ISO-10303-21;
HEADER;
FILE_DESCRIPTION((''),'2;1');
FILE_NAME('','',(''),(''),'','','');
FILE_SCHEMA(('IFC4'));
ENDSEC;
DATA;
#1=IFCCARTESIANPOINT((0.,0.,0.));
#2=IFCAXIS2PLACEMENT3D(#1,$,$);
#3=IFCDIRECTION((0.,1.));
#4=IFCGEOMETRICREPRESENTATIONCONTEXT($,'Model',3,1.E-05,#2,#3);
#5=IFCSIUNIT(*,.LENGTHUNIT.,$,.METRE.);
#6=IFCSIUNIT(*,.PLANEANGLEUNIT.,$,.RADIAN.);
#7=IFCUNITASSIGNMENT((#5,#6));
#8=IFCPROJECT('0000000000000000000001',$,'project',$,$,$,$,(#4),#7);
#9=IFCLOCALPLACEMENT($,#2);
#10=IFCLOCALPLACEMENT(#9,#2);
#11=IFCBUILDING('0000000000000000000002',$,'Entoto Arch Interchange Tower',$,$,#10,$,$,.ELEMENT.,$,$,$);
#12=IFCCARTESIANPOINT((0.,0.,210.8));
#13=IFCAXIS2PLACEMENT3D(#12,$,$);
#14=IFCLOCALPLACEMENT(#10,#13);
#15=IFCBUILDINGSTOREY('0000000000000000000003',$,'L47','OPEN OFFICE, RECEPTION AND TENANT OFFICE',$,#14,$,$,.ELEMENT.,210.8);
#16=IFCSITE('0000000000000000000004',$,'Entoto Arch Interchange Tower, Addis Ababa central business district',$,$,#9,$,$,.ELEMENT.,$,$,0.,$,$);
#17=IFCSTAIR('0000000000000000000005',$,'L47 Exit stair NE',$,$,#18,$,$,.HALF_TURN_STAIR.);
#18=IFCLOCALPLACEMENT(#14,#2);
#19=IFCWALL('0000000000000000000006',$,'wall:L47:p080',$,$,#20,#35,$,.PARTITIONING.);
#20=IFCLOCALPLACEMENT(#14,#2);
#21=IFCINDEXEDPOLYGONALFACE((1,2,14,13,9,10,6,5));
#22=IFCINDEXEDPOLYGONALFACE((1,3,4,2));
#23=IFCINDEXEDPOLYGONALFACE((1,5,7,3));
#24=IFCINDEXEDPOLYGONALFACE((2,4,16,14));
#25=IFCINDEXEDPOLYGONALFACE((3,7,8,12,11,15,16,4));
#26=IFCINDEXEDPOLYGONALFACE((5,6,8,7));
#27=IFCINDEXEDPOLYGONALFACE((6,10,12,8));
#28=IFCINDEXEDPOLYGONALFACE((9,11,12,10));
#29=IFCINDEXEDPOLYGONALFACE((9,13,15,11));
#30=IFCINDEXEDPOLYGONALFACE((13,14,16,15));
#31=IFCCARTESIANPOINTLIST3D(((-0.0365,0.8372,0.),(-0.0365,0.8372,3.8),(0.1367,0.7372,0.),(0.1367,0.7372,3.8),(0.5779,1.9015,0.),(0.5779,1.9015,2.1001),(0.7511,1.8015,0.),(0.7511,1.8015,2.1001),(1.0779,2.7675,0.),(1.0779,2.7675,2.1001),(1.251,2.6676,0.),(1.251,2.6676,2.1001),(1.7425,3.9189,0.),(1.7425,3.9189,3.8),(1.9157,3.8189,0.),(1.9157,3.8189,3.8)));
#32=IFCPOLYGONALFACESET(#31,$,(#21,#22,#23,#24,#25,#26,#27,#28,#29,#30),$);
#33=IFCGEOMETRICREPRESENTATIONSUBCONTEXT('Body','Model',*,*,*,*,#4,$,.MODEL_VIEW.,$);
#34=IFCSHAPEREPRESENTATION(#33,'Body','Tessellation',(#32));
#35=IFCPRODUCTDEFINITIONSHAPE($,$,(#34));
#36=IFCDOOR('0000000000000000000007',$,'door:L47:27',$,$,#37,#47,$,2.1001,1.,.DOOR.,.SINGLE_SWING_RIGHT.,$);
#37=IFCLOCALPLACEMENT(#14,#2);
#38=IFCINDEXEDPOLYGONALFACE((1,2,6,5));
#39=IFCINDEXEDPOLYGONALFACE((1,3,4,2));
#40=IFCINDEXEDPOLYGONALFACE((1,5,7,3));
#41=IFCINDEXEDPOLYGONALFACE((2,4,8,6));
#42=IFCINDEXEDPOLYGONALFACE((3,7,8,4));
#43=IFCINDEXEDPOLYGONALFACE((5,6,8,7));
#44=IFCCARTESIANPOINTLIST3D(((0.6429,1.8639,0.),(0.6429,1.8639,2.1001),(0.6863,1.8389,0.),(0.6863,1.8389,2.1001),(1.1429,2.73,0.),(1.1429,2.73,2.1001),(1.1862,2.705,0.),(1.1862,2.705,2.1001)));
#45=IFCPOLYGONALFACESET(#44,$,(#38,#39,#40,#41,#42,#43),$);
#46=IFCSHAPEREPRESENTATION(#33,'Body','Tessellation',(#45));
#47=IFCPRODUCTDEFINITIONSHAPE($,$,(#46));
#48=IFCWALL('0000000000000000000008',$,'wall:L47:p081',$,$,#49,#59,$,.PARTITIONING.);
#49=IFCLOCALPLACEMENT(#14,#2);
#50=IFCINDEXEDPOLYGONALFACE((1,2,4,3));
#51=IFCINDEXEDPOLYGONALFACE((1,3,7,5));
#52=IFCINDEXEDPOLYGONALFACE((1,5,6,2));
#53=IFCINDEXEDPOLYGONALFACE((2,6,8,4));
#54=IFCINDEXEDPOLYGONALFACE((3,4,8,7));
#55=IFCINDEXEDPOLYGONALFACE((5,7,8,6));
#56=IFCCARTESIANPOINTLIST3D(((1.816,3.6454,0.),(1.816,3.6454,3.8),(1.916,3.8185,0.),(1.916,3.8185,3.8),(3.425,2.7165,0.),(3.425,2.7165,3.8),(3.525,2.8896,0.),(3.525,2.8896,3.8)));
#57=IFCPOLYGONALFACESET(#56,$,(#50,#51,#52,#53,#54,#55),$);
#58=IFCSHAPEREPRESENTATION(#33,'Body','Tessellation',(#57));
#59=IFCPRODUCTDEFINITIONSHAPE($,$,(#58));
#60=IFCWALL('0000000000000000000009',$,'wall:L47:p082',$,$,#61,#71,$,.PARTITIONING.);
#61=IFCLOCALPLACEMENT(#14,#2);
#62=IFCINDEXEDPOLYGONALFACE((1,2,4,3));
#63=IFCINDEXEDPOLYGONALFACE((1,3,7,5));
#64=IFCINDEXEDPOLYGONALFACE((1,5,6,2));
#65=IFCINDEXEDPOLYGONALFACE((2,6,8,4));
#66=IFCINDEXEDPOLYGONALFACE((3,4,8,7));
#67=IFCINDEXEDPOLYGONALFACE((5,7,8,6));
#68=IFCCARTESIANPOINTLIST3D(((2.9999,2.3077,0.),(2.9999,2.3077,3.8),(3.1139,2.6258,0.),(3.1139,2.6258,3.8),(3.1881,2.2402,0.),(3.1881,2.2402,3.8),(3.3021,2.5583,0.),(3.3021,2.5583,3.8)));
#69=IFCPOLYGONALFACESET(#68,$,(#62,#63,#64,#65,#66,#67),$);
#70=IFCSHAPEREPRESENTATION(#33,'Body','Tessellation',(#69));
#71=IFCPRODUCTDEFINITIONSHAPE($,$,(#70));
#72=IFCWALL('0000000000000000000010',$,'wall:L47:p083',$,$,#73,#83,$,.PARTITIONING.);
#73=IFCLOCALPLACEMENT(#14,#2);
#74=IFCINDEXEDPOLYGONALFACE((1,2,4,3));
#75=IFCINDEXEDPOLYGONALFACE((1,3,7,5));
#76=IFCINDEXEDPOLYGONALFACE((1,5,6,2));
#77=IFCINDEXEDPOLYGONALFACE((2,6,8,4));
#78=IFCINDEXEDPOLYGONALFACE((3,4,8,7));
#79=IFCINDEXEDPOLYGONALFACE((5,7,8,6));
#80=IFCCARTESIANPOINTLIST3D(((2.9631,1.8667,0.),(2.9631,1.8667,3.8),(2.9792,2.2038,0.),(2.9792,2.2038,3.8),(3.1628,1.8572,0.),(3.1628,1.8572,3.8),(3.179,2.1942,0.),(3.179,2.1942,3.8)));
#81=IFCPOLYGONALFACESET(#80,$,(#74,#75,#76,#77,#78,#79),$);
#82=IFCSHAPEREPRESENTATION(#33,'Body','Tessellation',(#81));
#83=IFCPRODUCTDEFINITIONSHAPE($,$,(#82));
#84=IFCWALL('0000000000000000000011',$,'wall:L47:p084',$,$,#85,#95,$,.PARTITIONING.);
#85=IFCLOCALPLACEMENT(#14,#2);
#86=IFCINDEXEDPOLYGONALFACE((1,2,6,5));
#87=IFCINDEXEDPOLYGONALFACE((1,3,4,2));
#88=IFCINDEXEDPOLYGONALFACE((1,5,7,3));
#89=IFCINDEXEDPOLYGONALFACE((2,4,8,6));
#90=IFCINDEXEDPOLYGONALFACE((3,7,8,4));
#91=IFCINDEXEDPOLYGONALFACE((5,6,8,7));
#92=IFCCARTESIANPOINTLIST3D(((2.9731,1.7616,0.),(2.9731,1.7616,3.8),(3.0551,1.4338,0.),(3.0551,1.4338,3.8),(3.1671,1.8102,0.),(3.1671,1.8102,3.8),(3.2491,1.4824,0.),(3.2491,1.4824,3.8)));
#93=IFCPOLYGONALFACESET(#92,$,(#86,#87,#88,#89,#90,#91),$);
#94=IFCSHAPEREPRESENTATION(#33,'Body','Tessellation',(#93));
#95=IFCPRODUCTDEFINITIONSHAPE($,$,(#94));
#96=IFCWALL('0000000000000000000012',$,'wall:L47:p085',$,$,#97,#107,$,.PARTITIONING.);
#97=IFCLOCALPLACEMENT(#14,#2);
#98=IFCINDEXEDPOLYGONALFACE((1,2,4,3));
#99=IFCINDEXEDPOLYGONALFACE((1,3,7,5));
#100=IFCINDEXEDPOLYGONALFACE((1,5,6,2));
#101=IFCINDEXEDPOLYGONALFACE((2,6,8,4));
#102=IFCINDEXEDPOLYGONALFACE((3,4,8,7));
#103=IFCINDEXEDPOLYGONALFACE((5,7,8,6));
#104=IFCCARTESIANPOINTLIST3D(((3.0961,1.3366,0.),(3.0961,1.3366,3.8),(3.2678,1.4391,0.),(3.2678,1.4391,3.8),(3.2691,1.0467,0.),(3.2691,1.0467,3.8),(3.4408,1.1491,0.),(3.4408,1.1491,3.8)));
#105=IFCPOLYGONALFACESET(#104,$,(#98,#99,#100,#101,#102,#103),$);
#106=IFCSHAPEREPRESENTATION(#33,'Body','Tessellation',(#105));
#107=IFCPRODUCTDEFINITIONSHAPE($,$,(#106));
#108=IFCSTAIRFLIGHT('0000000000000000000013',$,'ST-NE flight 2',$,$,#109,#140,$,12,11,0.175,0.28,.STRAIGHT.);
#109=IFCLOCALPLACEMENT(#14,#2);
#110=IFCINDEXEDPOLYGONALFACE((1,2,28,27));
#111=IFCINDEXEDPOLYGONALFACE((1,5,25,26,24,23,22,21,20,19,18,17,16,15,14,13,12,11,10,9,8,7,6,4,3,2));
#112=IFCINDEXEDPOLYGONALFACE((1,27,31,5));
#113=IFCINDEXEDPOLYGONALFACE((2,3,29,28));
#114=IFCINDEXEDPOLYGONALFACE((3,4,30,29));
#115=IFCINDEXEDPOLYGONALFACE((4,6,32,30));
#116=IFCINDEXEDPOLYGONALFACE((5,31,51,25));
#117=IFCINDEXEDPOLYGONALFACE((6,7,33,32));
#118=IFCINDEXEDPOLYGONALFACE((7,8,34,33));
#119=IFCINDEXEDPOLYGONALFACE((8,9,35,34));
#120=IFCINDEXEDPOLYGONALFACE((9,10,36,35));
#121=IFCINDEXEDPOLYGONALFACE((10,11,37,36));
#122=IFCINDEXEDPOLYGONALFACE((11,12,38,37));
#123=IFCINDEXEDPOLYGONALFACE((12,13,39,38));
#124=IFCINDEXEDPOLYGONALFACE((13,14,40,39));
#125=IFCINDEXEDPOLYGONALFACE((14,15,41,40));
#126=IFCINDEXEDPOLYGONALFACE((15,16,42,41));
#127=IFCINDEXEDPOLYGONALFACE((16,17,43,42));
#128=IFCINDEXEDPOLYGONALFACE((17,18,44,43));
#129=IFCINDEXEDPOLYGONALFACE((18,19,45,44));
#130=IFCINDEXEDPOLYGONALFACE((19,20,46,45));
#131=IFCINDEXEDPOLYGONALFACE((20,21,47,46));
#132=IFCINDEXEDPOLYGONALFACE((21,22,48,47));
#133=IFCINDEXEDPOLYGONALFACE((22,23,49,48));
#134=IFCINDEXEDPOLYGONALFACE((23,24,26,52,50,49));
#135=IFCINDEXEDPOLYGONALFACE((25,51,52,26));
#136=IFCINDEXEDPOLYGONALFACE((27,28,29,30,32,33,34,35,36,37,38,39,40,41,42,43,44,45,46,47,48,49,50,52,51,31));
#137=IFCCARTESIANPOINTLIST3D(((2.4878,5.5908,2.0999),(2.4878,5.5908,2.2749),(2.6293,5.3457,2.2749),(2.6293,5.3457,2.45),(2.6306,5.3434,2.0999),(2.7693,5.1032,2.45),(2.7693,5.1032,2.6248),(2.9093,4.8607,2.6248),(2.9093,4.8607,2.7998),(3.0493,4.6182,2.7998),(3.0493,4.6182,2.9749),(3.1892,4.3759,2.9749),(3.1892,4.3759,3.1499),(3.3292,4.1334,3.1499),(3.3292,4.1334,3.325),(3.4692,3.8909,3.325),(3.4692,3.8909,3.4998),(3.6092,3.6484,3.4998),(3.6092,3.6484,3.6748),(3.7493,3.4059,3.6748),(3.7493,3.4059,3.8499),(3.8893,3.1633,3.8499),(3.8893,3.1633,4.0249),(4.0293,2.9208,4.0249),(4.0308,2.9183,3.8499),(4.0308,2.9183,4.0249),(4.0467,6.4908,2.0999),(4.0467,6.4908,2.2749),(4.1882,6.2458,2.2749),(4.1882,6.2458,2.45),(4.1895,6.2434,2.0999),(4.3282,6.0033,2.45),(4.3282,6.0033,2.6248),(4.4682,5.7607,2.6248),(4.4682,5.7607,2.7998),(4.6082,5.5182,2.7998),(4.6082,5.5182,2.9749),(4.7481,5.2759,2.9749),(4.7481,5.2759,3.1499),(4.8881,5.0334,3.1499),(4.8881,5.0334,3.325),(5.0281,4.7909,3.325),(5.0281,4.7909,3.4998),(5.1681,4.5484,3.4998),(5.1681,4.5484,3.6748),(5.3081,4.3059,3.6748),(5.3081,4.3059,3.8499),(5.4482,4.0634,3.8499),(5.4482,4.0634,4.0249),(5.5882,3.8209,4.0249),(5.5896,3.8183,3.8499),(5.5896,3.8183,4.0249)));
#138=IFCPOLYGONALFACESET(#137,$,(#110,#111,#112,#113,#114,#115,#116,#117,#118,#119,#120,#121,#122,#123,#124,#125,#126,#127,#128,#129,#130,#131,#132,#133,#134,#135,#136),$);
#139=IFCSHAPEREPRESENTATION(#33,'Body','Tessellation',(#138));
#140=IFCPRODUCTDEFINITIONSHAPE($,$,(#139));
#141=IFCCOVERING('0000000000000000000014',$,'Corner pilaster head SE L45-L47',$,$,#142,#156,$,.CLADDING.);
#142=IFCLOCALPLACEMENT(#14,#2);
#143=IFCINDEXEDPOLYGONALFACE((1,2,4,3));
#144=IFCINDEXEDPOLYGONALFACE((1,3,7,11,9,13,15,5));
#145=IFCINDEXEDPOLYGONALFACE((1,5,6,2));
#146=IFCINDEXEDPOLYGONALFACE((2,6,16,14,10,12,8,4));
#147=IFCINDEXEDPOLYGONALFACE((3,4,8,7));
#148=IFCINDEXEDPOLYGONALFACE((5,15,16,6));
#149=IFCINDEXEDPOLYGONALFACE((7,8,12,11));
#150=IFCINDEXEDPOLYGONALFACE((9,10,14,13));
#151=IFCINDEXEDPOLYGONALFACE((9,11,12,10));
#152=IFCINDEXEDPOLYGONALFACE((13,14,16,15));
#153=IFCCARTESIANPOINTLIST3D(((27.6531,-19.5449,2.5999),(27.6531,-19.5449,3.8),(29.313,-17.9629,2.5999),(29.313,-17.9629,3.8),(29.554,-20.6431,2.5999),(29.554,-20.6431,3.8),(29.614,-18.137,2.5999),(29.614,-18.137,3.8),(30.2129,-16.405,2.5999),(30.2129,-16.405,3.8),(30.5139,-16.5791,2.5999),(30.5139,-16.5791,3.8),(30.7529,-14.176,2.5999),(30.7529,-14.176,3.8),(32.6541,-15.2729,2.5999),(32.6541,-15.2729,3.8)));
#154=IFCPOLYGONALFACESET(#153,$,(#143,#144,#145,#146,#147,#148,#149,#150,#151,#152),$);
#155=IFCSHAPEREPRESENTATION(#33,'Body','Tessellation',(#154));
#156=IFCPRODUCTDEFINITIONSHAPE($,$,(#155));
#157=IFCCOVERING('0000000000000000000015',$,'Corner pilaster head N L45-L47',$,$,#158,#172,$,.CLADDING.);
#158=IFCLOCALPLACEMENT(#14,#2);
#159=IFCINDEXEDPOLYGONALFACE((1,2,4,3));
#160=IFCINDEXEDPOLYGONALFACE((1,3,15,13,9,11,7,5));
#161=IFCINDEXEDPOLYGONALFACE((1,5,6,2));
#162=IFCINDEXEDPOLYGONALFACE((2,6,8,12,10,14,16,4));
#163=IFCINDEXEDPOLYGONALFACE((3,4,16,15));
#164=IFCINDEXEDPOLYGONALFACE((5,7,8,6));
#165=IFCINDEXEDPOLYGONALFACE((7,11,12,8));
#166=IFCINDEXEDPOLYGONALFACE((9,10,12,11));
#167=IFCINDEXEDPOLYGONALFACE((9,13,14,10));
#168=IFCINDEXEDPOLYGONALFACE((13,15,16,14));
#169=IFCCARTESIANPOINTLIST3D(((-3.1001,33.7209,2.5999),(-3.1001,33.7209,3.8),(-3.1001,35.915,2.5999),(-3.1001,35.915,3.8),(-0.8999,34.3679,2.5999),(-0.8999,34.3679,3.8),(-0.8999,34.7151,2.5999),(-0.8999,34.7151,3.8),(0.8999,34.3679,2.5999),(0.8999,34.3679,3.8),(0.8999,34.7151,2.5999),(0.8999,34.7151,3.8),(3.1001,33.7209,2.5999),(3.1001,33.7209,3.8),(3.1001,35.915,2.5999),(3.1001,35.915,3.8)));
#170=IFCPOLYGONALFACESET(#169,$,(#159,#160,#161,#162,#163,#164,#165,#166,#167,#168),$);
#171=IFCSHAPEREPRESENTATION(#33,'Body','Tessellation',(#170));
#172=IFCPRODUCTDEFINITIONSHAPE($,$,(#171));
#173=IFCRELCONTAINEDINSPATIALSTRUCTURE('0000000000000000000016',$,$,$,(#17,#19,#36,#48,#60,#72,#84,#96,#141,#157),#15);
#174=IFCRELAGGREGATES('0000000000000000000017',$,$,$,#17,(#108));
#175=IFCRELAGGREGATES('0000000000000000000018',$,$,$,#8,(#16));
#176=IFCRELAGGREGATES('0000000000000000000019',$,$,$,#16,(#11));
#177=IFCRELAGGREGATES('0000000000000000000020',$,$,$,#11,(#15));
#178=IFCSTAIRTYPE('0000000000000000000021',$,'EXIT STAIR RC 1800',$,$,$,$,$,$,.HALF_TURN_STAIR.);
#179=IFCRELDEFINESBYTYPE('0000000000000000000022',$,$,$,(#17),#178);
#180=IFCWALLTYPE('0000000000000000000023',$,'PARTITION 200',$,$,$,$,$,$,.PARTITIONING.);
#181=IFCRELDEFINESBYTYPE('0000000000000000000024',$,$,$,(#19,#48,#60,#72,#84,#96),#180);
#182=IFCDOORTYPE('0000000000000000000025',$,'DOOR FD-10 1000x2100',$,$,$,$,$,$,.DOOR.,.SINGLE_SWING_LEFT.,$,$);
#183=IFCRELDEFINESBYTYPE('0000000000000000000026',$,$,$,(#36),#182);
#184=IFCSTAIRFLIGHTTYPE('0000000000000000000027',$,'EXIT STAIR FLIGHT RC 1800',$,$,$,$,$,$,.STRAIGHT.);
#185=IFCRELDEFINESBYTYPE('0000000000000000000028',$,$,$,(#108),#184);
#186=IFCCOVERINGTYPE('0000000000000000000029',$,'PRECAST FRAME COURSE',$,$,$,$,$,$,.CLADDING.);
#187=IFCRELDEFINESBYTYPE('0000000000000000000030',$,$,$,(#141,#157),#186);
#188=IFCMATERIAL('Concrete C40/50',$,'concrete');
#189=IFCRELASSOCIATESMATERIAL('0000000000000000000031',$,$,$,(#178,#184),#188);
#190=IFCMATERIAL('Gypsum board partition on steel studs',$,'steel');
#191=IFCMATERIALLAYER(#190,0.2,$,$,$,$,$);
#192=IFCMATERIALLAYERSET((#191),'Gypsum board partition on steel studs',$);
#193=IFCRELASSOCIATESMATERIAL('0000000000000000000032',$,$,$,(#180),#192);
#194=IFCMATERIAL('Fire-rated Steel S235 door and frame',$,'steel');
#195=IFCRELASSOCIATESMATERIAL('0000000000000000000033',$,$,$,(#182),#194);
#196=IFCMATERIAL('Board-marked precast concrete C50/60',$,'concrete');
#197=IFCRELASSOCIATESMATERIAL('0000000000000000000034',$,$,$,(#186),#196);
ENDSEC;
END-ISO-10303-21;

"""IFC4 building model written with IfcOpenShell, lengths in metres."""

from ifc_helpers import new_model, si_unit, direction, frame, frame_2d, origin, place, context, subcontext, project, spatial, polyline, rectangle, outline, extrude, material, layer, layer_set, type_object, element, fill, aggregate, save


model = new_model("IFC4")

# Units and contexts
model_context = context("Model", 3, precision=1e-05, world=origin(), true_north=direction((0.0, 1.0)))
body_context = subcontext(model_context, "Body", "Model", "MODEL_VIEW")
ifc_project = project(units=[si_unit("LENGTHUNIT", "METRE"), si_unit("PLANEANGLEUNIT", "RADIAN")], contexts=[model_context])

# Site, building, storey
site_placement = place(None, origin())
site = spatial("IfcSite", under=ifc_project, at=site_placement, Name="Entoto Arch Interchange Tower, Addis Ababa central business district", CompositionType="ELEMENT", RefElevation=0.0)
building_placement = place(site_placement, origin())
building = spatial("IfcBuilding", under=site, at=building_placement, Name="Entoto Arch Interchange Tower", CompositionType="ELEMENT")
storey_placement = place(building_placement, frame((0.0, 0.0, 210.8)))
storey = spatial("IfcBuildingStorey", under=building, at=storey_placement, Name="L47", Description="OPEN OFFICE, RECEPTION AND TENANT OFFICE", CompositionType="ELEMENT", Elevation=210.8)

# Shared definitions
ifc_material_1 = material(Name="Board-marked precast concrete C50/60", Category="concrete")
ifc_material_2 = material(Name="Concrete C40/50", Category="concrete")

# Stair
stair_type = type_object("IfcStairType", Name="EXIT STAIR RC 1800", PredefinedType="HALF_TURN_STAIR", material=ifc_material_2)
stair_1_placement = place(storey_placement, origin())
stair_1 = element("IfcStair", 1, at=stair_1_placement, inside=storey, type_object=stair_type, Name="L47 Exit stair NE", PredefinedType="HALF_TURN_STAIR")

# Wall, opening, door
ifc_material_3 = material(Name="Gypsum board partition on steel studs", Category="steel")
ifc_layer_1 = layer(ifc_material_3, 0.2)
ifc_layer_set_1 = layer_set([ifc_layer_1], Name="Gypsum board partition on steel studs")
wall_type_1 = type_object("IfcWallType", Name="PARTITION 200", PredefinedType="PARTITIONING", material=ifc_layer_set_1)
wall_1_placement = place(storey_placement, frame((0.05, 0.7871, 0.0), z_axis=(0.0, 0.0, 1.0), x_axis=(0.499954, 0.866052, 0.0)))
wall_1 = element("IfcWall", 2, at=wall_1_placement, inside=storey, type_object=wall_type_1, Name="wall:L47:p080", PredefinedType="PARTITIONING", context=body_context, shape_type="SweptSolid", body=[
    extrude(rectangle(XDim=3.5583, YDim=0.2, at=frame_2d((1.7793, 0.0))), origin(), (0.0, 0.0, 1.0), 3.8),
])
opening_placement = place(wall_1_placement, frame((1.229, 0.0, 0.0)))
opening = element("IfcOpeningElement", 3, at=opening_placement, cuts=wall_1, PredefinedType="OPENING", context=body_context, shape_type="SweptSolid", body=[
    extrude(rectangle(XDim=1.0, YDim=2.1001, at=frame_2d((0.5, 1.05))), frame((0.0, 0.1099, 0.0), z_axis=(0.0, -1.0, 0.0), x_axis=(1.0, 0.0, 0.0)), (0.0, 0.0, 1.0), 0.22),
])
ifc_material_4 = material(Name="Fire-rated Steel S235 door and frame", Category="steel")
door_type = type_object("IfcDoorType", Name="DOOR FD-10 1000x2100", OperationType="SINGLE_SWING_LEFT", PredefinedType="DOOR", material=ifc_material_4)
door_placement = place(opening_placement, origin())
door = element("IfcDoor", 4, at=door_placement, inside=storey, type_object=door_type, Name="door:L47:27", OperationType="SINGLE_SWING_RIGHT", OverallHeight=2.1001, OverallWidth=1.0, PredefinedType="DOOR", context=body_context, shape_type="SweptSolid", body=[
    extrude(rectangle(XDim=1.0, YDim=2.1001, at=frame_2d((0.5, 1.05))), frame((0.0, 0.0249, 0.0), z_axis=(0.0, -1.0, 0.0), x_axis=(1.0, 0.0, 0.0)), (0.0, 0.0, 1.0), 0.05),
])
fill(opening, door)

# Walls
wall_2_placement = place(storey_placement, frame((1.866, 3.7319, 0.0), z_axis=(0.0, 0.0, 1.0), x_axis=(0.866043, -0.499969, 0.0)))
element("IfcWall", 5, at=wall_2_placement, inside=storey, type_object=wall_type_1, Name="wall:L47:p081", PredefinedType="PARTITIONING", context=body_context, shape_type="SweptSolid", body=[
    extrude(rectangle(XDim=1.8579, YDim=0.2, at=frame_2d((0.929, 0.0))), origin(), (0.0, 0.0, 1.0), 3.8),
])
wall_3_placement = place(storey_placement, frame((3.208, 2.592, 0.0), z_axis=(0.0, 0.0, 1.0), x_axis=(-0.337389, -0.941365, 0.0)))
element("IfcWall", 6, at=wall_3_placement, inside=storey, type_object=wall_type_1, Name="wall:L47:p082", PredefinedType="PARTITIONING", context=body_context, shape_type="SweptSolid", body=[
    extrude(rectangle(XDim=0.3379, YDim=0.2, at=frame_2d((0.1689, 0.0))), origin(), (0.0, 0.0, 1.0), 3.8),
])
wall_4_placement = place(storey_placement, frame((3.0791, 2.199, 0.0), z_axis=(0.0, 0.0, 1.0), x_axis=(-0.047771, -0.998858, 0.0)))
element("IfcWall", 7, at=wall_4_placement, inside=storey, type_object=wall_type_1, Name="wall:L47:p083", PredefinedType="PARTITIONING", context=body_context, shape_type="SweptSolid", body=[
    extrude(rectangle(XDim=0.3374, YDim=0.2, at=frame_2d((0.1687, 0.0))), origin(), (0.0, 0.0, 1.0), 3.8),
])
wall_5_placement = place(storey_placement, frame((3.0701, 1.7859, 0.0), z_axis=(0.0, 0.0, 1.0), x_axis=(0.242706, -0.9701, 0.0)))
element("IfcWall", 8, at=wall_5_placement, inside=storey, type_object=wall_type_1, Name="wall:L47:p084", PredefinedType="PARTITIONING", context=body_context, shape_type="SweptSolid", body=[
    extrude(rectangle(XDim=0.3379, YDim=0.2, at=frame_2d((0.1689, 0.0))), origin(), (0.0, 0.0, 1.0), 3.8),
])
wall_6_placement = place(storey_placement, frame((3.1819, 1.3879, 0.0), z_axis=(0.0, 0.0, 1.0), x_axis=(0.512475, -0.858702, 0.0)))
element("IfcWall", 9, at=wall_6_placement, inside=storey, type_object=wall_type_1, Name="wall:L47:p085", PredefinedType="PARTITIONING", context=body_context, shape_type="SweptSolid", body=[
    extrude(rectangle(XDim=0.3376, YDim=0.2, at=frame_2d((0.1689, 0.0))), origin(), (0.0, 0.0, 1.0), 3.8),
])

# Stair flight
stair_flight_type = type_object("IfcStairFlightType", Name="EXIT STAIR FLIGHT RC 1800", PredefinedType="STRAIGHT", material=ifc_material_2)
stair_flight_placement = place(storey_placement, frame((3.2688, 6.0383, 2.0999), z_axis=(0.0, 0.0, 1.0), x_axis=(0.5, -0.866025, 0.0)))
stair_flight = element("IfcStairFlight", 10, at=stair_flight_placement, type_object=stair_flight_type, Name="ST-NE flight 2", NumberOfRisers=12, NumberOfTreads=11, PredefinedType="STRAIGHT", RiserHeight=0.175, TreadLength=0.28, context=body_context, shape_type="SweptSolid", body=[
    extrude(outline(polyline([(-0.0029, 0.0), (-0.0029, 0.175), (0.28, 0.175), (0.28, 0.3501), (0.5601, 0.3501), (0.5601, 0.5249), (0.8401, 0.5249), (0.8401, 0.7), (1.1201, 0.7), (1.1201, 0.875), (1.3999, 0.875), (1.3999, 1.05), (1.6799, 1.05), (1.6799, 1.2251), (1.96, 1.2251), (1.96, 1.3999), (2.24, 1.3999), (2.24, 1.575), (2.52, 1.575), (2.52, 1.75), (2.8, 1.75), (2.8, 1.925), (3.0801, 1.925), (3.083, 1.925), (3.083, 1.75), (0.2827, 0.0), (-0.0029, 0.0)])), frame((0.0, 0.8999, 0.0), z_axis=(0.0, -1.0, 0.0), x_axis=(1.0, 0.0, 0.0)), (0.0, 0.0, 1.0), 1.8),
])
aggregate(stair_1, [stair_flight])

# Coverings
covering_type = type_object("IfcCoveringType", Name="PRECAST FRAME COURSE", PredefinedType="CLADDING", material=ifc_material_1)
covering_1_placement = place(storey_placement, frame((0.0, 0.0, 2.5999)))
element("IfcCovering", 11, at=covering_1_placement, inside=storey, type_object=covering_type, Name="Corner pilaster head SE L45-L47", PredefinedType="CLADDING", context=body_context, shape_type="SweptSolid", body=[
    extrude(outline(polyline([(32.6541, -15.2729), (29.554, -20.6431), (27.6531, -19.5449), (29.313, -17.9629), (29.614, -18.137), (30.5139, -16.5791), (30.2129, -16.405), (30.7529, -14.176), (32.6541, -15.2729)])), origin(), (0.0, 0.0, 1.0), 1.2002),
])
covering_2_placement = place(storey_placement, frame((0.0, 0.0, 2.5999)))
element("IfcCovering", 12, at=covering_2_placement, inside=storey, type_object=covering_type, Name="Corner pilaster head N L45-L47", PredefinedType="CLADDING", context=body_context, shape_type="SweptSolid", body=[
    extrude(outline(polyline([(-3.1001, 35.915), (3.1001, 35.915), (3.1001, 33.7209), (0.8999, 34.3679), (0.8999, 34.7151), (-0.8999, 34.7151), (-0.8999, 34.3679), (-3.1001, 33.7209), (-3.1001, 35.915)])), origin(), (0.0, 0.0, 1.0), 1.2002),
])

save(model, "model.ifc")
